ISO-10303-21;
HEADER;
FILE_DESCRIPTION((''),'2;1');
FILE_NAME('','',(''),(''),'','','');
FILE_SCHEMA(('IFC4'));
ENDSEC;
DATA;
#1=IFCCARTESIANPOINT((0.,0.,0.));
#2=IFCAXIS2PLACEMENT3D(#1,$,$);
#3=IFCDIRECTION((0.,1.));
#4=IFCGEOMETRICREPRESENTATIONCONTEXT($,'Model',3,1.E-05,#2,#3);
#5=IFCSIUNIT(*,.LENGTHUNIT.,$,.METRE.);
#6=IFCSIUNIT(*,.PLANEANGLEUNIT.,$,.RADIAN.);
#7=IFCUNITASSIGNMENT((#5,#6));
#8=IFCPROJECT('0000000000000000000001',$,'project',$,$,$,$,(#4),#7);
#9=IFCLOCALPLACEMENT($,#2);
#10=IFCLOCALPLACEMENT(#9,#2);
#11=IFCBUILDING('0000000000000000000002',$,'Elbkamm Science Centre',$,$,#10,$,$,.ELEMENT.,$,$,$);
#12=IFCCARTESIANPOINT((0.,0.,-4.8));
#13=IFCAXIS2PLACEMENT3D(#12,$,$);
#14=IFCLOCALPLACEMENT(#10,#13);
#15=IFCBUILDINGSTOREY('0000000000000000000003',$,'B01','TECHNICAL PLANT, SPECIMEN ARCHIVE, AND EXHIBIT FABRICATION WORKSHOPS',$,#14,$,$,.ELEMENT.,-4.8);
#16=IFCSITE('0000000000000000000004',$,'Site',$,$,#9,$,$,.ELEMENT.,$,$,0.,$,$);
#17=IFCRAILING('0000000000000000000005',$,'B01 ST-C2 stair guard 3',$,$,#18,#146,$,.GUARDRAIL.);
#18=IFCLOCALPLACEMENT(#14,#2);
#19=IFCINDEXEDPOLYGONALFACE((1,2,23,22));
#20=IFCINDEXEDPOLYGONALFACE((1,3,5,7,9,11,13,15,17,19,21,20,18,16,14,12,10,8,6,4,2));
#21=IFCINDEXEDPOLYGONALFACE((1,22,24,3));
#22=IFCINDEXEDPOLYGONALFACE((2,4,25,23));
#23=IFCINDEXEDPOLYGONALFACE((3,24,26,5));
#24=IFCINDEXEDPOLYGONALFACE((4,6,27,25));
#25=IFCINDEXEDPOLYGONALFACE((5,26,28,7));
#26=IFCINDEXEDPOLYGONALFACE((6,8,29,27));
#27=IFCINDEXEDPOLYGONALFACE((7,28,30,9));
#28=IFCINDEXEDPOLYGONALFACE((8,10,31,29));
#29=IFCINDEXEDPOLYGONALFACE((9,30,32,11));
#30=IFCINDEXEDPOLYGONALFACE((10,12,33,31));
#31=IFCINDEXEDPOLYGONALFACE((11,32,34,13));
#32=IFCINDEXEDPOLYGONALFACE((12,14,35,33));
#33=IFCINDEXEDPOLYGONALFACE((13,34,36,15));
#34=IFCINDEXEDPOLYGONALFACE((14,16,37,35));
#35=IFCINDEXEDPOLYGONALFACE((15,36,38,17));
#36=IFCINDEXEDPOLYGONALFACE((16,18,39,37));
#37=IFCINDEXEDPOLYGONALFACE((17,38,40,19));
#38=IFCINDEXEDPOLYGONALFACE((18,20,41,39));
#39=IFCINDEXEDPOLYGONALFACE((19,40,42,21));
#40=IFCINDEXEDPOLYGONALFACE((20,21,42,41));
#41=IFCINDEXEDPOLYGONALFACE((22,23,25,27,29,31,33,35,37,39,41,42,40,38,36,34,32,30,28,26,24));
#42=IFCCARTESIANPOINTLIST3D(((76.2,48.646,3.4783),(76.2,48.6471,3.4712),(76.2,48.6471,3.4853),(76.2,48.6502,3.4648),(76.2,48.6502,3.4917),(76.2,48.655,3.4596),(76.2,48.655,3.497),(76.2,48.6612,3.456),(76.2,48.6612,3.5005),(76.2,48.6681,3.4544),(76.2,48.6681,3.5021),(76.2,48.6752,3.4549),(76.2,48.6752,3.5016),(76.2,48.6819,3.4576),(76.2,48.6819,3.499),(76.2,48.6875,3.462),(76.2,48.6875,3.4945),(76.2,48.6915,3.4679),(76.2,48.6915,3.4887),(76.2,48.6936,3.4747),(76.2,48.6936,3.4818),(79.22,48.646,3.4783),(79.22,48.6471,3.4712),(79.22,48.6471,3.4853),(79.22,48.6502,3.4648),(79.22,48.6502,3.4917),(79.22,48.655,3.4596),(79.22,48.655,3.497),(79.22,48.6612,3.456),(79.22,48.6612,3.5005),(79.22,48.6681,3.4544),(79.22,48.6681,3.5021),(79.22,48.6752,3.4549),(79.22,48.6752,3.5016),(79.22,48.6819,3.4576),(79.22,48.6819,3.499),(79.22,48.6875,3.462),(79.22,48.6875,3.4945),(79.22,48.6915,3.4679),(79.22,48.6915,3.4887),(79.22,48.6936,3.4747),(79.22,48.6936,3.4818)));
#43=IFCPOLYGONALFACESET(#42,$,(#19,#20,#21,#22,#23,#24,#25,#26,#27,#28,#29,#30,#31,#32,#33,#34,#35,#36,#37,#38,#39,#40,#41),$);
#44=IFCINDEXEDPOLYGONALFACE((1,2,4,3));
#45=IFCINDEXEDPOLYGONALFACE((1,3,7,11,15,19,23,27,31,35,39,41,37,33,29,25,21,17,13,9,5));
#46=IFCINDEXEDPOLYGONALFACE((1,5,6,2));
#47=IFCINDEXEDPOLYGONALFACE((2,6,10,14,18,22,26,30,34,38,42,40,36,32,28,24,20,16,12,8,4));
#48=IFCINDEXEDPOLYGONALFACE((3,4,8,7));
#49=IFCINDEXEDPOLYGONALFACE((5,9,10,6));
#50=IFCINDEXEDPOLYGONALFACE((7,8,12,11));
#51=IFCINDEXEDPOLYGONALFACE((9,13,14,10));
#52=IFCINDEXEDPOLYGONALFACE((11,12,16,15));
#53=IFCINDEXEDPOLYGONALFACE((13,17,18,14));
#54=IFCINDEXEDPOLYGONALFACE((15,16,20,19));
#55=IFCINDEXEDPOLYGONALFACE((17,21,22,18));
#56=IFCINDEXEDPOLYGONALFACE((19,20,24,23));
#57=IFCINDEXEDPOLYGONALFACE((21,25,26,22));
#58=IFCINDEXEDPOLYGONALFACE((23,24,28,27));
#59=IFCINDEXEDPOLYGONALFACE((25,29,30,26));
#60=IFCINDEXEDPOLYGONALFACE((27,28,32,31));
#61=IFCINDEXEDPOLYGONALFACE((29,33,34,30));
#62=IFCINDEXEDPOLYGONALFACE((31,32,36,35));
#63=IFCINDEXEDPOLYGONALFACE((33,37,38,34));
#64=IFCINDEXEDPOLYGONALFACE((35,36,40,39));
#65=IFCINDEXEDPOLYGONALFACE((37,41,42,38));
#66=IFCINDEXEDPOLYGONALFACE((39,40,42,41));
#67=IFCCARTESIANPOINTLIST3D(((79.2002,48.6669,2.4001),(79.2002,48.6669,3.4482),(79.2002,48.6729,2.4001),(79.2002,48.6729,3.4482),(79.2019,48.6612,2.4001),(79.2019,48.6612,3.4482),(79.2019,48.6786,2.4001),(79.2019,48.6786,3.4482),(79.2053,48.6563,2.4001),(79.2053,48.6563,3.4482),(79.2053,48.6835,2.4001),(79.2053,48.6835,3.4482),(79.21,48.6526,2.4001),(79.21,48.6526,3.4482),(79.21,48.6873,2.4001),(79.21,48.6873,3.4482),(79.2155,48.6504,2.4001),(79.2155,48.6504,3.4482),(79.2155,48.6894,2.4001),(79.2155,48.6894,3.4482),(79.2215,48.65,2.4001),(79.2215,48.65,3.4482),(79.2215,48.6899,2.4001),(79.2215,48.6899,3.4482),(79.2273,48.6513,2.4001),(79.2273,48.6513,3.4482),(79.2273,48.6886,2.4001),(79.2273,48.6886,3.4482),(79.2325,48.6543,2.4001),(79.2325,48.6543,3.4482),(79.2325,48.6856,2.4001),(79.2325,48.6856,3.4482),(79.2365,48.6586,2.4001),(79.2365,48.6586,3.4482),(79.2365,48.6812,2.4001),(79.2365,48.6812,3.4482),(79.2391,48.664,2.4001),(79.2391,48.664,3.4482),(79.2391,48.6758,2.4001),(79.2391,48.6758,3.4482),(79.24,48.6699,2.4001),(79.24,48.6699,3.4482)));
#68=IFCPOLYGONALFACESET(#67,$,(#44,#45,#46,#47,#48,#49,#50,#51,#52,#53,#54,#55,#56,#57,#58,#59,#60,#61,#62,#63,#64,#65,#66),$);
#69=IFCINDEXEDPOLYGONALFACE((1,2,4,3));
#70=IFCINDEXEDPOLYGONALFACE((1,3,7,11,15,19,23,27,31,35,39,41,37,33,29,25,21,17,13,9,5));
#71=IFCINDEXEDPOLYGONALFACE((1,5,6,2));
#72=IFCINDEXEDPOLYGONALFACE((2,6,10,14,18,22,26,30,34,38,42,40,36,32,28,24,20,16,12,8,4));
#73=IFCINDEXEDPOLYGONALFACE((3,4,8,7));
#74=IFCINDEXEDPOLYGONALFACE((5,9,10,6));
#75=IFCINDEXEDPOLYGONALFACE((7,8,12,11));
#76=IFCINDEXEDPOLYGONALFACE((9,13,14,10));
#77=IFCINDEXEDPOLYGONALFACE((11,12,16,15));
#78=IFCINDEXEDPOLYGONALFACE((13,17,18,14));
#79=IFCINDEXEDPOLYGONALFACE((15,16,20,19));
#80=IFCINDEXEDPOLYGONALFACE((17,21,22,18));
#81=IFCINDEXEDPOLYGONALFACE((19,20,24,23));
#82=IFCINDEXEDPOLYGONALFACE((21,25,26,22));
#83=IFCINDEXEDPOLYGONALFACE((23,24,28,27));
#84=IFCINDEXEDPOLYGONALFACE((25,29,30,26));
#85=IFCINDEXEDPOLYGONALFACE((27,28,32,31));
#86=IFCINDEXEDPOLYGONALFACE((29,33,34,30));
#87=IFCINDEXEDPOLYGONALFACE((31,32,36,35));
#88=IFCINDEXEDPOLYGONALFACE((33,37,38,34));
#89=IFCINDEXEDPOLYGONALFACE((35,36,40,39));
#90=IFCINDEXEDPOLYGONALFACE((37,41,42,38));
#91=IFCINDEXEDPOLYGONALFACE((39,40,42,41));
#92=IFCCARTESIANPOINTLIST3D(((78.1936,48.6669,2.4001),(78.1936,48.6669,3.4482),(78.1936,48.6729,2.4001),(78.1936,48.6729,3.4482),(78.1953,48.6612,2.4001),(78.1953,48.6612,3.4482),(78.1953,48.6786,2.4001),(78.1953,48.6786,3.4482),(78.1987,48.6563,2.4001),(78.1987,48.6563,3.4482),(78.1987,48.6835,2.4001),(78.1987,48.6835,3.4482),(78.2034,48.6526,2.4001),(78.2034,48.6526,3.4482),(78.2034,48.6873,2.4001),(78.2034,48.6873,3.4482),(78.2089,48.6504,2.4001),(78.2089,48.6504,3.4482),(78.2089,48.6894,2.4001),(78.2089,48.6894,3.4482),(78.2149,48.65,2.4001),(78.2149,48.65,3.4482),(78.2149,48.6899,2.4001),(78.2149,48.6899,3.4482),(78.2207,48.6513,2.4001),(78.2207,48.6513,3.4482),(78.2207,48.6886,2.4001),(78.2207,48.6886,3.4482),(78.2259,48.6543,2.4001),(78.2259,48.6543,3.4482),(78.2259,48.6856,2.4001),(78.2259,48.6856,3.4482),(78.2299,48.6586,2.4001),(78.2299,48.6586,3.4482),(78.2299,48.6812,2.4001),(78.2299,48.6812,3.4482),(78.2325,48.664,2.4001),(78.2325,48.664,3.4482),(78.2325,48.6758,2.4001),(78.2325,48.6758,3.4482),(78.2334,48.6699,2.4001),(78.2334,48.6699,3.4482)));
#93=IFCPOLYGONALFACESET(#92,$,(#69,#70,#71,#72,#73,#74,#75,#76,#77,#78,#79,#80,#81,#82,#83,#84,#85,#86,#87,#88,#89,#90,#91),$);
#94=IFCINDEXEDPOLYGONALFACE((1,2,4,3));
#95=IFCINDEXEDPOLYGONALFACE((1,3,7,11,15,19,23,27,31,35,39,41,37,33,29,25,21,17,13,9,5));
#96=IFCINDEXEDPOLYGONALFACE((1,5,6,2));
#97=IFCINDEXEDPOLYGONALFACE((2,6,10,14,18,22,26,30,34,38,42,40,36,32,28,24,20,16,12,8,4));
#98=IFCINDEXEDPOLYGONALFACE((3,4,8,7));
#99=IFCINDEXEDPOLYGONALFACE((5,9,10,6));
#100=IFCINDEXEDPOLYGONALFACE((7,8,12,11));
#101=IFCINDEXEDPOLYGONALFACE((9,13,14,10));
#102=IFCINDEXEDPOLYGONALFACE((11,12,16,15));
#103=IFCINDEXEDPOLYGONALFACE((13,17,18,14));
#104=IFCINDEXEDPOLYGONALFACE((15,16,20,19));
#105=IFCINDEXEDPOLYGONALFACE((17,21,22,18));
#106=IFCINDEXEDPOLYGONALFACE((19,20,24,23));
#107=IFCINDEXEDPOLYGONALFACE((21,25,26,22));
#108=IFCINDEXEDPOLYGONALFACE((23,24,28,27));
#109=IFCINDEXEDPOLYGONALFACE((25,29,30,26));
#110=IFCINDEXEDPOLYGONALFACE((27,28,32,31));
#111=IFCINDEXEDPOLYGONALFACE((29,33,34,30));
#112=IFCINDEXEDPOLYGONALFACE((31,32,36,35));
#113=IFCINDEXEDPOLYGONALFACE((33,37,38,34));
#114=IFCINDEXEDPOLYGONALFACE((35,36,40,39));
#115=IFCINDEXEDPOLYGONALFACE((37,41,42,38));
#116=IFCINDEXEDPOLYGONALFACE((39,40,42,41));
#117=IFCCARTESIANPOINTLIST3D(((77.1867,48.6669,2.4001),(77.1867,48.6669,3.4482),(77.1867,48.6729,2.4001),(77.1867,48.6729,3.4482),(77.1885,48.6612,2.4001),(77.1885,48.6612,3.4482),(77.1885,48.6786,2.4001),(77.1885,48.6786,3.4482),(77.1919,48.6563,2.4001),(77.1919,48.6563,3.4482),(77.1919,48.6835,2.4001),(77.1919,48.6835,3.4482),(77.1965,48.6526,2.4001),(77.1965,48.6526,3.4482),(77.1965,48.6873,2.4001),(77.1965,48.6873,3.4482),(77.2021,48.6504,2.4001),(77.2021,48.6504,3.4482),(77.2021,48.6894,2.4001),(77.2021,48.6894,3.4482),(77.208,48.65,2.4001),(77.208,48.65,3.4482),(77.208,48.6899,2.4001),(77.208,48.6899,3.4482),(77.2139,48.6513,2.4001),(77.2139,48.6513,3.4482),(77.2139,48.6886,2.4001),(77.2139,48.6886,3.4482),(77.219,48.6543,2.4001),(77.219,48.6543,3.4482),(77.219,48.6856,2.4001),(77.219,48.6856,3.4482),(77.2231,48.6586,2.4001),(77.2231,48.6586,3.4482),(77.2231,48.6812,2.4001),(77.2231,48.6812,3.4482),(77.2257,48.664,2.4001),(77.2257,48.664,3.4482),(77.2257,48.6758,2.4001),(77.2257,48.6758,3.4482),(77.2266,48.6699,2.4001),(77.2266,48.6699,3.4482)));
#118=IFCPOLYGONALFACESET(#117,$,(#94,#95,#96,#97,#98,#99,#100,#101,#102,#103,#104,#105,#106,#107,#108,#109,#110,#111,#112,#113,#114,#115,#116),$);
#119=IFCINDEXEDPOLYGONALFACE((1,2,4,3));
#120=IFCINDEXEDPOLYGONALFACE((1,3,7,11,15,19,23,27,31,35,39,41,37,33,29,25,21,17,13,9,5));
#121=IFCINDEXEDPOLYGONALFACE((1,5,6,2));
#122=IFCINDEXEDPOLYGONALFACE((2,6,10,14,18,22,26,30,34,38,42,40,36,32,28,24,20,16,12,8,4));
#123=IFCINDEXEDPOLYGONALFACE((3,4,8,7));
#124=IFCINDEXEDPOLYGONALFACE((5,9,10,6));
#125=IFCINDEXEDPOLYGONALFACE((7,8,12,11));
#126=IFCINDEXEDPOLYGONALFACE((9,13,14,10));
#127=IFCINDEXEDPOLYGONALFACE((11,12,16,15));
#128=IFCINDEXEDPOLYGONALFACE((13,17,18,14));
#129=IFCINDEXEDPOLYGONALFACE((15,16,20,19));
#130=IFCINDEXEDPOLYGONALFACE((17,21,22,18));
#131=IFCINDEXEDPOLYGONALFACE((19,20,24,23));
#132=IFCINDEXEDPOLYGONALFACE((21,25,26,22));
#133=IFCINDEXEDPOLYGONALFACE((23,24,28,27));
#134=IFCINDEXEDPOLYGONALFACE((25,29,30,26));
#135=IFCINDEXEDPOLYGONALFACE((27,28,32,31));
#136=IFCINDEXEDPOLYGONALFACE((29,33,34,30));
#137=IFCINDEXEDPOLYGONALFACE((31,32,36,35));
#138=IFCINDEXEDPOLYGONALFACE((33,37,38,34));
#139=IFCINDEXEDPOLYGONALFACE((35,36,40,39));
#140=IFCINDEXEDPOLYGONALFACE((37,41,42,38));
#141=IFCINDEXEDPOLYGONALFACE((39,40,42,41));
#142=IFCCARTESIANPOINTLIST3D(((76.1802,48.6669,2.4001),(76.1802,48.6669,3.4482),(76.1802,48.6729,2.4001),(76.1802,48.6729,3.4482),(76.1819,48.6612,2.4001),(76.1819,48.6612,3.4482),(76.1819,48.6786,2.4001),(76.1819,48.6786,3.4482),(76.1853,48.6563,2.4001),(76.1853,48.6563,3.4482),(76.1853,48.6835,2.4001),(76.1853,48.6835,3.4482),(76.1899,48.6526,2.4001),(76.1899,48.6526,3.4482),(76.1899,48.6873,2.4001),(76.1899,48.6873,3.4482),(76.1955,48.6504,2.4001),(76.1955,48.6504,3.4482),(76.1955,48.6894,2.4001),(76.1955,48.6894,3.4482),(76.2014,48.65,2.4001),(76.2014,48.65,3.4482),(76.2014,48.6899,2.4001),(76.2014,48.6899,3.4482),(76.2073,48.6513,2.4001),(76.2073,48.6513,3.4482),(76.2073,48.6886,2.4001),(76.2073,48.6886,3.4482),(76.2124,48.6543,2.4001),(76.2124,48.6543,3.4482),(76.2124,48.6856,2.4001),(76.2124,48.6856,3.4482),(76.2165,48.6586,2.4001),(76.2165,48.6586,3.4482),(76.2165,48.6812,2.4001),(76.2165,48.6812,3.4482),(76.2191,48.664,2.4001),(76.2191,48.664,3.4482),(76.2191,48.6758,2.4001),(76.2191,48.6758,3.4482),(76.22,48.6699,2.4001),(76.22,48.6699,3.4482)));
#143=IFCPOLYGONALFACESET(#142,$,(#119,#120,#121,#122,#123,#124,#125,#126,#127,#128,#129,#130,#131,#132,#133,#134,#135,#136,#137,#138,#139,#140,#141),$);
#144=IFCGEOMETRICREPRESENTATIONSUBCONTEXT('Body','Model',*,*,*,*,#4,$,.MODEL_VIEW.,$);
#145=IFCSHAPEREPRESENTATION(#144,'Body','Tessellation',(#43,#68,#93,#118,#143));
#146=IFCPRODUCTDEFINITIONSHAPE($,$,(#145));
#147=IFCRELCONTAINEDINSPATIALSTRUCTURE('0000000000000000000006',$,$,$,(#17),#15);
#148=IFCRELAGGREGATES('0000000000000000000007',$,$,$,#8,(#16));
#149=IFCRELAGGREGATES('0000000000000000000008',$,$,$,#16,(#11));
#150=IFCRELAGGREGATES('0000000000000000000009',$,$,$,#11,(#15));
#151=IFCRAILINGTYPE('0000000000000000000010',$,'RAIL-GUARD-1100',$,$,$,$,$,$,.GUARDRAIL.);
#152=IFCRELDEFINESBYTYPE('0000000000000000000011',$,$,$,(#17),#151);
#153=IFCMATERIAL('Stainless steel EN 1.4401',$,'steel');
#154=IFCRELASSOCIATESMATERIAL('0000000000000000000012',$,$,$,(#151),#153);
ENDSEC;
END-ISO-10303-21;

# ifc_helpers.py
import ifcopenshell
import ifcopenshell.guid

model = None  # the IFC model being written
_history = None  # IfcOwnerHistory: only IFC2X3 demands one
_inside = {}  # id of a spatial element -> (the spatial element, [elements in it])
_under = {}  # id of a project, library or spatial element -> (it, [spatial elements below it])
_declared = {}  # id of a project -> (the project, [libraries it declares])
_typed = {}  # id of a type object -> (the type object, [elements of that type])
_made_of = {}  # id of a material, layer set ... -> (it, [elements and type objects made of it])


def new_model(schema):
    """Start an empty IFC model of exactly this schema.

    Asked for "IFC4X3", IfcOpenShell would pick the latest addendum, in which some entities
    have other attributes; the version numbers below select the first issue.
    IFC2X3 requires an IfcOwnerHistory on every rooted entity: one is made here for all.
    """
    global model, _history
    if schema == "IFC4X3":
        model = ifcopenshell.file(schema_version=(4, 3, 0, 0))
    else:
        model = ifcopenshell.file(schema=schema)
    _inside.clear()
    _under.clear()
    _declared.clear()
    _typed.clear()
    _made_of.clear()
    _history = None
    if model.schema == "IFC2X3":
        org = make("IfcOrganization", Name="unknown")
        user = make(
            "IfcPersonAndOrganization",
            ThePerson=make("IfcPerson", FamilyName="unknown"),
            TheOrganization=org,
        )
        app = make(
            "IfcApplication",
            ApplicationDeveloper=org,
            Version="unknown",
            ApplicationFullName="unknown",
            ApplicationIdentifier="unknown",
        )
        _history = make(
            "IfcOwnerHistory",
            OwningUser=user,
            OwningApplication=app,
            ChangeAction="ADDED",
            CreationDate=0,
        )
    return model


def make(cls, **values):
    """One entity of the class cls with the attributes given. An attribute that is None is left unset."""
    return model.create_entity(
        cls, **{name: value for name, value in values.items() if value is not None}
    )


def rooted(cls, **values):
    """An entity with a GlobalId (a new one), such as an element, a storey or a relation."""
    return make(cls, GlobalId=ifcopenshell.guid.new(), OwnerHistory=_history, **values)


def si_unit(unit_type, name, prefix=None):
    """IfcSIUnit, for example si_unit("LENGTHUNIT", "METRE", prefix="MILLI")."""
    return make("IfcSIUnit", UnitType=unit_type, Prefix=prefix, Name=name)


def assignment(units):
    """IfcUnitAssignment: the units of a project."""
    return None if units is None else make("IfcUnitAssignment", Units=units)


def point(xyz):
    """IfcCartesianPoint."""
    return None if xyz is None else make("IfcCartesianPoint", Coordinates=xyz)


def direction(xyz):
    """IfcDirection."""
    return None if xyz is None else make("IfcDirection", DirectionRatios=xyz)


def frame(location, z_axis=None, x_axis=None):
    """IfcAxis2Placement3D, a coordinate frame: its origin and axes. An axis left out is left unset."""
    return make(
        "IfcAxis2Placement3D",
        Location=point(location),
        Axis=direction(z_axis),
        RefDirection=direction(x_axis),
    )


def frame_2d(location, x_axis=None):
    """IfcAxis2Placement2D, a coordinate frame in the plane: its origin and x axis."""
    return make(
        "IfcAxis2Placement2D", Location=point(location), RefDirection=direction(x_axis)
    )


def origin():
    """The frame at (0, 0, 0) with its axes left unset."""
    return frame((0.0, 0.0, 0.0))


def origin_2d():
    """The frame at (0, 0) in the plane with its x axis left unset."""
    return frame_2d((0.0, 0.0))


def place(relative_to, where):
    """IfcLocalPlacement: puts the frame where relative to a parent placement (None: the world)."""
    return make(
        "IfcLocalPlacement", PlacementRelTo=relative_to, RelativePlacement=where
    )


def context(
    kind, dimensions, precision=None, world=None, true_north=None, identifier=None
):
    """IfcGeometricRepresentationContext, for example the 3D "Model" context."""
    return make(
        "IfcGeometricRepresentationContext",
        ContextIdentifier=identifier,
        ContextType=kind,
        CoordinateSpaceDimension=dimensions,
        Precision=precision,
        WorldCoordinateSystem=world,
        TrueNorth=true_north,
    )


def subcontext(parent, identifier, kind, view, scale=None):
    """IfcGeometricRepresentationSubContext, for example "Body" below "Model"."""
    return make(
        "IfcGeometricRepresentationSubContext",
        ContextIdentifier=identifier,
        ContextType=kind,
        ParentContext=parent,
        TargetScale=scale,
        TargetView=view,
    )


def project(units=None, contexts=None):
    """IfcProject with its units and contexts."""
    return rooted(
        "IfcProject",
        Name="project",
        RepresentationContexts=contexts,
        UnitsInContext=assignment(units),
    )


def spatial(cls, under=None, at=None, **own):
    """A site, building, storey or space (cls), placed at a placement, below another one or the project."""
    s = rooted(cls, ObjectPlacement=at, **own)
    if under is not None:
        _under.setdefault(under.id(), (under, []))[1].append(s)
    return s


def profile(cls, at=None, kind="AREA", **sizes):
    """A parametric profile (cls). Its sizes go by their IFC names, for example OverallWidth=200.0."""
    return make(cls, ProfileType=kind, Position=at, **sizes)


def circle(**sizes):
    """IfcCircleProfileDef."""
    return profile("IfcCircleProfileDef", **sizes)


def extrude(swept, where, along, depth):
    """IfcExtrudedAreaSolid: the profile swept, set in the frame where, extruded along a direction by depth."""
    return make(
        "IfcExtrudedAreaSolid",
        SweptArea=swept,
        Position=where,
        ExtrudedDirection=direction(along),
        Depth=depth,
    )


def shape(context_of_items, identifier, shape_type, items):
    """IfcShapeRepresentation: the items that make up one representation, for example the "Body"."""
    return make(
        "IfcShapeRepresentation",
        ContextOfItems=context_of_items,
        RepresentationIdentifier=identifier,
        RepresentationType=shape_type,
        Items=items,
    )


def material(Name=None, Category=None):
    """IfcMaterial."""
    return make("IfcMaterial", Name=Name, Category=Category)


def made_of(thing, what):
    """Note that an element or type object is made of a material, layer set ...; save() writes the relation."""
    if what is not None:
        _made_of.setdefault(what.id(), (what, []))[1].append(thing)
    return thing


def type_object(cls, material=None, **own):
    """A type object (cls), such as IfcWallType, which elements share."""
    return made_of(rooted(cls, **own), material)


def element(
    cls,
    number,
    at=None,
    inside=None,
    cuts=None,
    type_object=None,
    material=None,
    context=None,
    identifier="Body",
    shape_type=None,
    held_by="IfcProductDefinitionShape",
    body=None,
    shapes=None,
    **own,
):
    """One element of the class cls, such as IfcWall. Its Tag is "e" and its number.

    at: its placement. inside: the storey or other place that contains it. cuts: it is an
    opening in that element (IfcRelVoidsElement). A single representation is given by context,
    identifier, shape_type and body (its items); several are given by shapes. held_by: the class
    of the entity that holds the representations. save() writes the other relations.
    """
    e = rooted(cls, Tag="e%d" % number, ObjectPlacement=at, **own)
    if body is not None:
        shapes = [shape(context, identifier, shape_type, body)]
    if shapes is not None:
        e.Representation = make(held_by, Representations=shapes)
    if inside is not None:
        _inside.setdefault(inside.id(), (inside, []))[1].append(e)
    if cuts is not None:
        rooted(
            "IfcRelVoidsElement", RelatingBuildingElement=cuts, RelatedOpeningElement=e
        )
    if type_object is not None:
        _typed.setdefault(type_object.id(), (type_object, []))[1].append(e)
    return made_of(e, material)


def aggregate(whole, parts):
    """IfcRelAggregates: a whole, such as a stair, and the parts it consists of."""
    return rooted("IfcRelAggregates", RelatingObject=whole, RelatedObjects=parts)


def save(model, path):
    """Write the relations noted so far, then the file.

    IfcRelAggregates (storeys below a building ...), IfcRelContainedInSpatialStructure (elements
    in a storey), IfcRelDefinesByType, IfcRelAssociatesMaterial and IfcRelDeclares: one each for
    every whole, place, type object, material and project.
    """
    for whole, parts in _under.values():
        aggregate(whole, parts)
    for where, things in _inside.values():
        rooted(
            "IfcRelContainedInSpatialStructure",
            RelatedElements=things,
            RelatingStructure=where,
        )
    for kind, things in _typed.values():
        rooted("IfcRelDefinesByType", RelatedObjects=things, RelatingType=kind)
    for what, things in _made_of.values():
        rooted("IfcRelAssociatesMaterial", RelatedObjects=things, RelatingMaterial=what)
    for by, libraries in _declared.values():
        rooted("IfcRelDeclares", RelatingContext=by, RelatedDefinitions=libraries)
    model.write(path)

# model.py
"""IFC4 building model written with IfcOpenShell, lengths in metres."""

from ifc_helpers import new_model, si_unit, direction, frame, origin, origin_2d, place, context, subcontext, project, spatial, circle, extrude, material, type_object, element, save


model = new_model("IFC4")

# Units and contexts
model_context = context("Model", 3, precision=1e-05, world=origin(), true_north=direction((0.0, 1.0)))
body_context = subcontext(model_context, "Body", "Model", "MODEL_VIEW")
ifc_project = project(units=[si_unit("LENGTHUNIT", "METRE"), si_unit("PLANEANGLEUNIT", "RADIAN")], contexts=[model_context])

# Site, building, storey
site_placement = place(None, origin())
site = spatial("IfcSite", under=ifc_project, at=site_placement, Name="Site", CompositionType="ELEMENT", RefElevation=0.0)
building_placement = place(site_placement, origin())
building = spatial("IfcBuilding", under=site, at=building_placement, Name="Elbkamm Science Centre", CompositionType="ELEMENT")
storey_placement = place(building_placement, frame((0.0, 0.0, -4.8)))
storey = spatial("IfcBuildingStorey", under=building, at=storey_placement, Name="B01", Description="TECHNICAL PLANT, SPECIMEN ARCHIVE, AND EXHIBIT FABRICATION WORKSHOPS", CompositionType="ELEMENT", Elevation=-4.8)

# Railing
ifc_material_1 = material(Name="Stainless steel EN 1.4401", Category="steel")
railing_type_1 = type_object("IfcRailingType", Name="RAIL-GUARD-1100", PredefinedType="GUARDRAIL", material=ifc_material_1)
for number, where, name in (
    (1, (79.22, 48.6699, 2.4001), "B01 ST-C2 stair guard 3"),
):
    element("IfcRailing", number, at=place(storey_placement, frame(where)), inside=storey, type_object=railing_type_1, Name=name, PredefinedType="GUARDRAIL", context=body_context, shape_type="SweptSolid", body=[
        extrude(circle(Radius=0.0239, at=origin_2d()), frame((0.0, 0.0, 1.0781), z_axis=(-1.0, 0.0, 0.0), x_axis=(0.0, -1.0, 0.0)), (0.0, 0.0, 1.0), 3.02),
        extrude(circle(Radius=0.02, at=origin_2d()), origin(), (0.0, 0.0, 1.0), 1.0481),
        extrude(circle(Radius=0.02, at=origin_2d()), frame((-1.0066, 0.0, 0.0)), (0.0, 0.0, 1.0), 1.0481),
        extrude(circle(Radius=0.02, at=origin_2d()), frame((-2.0134, 0.0, 0.0)), (0.0, 0.0, 1.0), 1.0481),
        extrude(circle(Radius=0.02, at=origin_2d()), frame((-3.02, 0.0, 0.0)), (0.0, 0.0, 1.0), 1.0481),
    ])

save(model, "model.ifc")
